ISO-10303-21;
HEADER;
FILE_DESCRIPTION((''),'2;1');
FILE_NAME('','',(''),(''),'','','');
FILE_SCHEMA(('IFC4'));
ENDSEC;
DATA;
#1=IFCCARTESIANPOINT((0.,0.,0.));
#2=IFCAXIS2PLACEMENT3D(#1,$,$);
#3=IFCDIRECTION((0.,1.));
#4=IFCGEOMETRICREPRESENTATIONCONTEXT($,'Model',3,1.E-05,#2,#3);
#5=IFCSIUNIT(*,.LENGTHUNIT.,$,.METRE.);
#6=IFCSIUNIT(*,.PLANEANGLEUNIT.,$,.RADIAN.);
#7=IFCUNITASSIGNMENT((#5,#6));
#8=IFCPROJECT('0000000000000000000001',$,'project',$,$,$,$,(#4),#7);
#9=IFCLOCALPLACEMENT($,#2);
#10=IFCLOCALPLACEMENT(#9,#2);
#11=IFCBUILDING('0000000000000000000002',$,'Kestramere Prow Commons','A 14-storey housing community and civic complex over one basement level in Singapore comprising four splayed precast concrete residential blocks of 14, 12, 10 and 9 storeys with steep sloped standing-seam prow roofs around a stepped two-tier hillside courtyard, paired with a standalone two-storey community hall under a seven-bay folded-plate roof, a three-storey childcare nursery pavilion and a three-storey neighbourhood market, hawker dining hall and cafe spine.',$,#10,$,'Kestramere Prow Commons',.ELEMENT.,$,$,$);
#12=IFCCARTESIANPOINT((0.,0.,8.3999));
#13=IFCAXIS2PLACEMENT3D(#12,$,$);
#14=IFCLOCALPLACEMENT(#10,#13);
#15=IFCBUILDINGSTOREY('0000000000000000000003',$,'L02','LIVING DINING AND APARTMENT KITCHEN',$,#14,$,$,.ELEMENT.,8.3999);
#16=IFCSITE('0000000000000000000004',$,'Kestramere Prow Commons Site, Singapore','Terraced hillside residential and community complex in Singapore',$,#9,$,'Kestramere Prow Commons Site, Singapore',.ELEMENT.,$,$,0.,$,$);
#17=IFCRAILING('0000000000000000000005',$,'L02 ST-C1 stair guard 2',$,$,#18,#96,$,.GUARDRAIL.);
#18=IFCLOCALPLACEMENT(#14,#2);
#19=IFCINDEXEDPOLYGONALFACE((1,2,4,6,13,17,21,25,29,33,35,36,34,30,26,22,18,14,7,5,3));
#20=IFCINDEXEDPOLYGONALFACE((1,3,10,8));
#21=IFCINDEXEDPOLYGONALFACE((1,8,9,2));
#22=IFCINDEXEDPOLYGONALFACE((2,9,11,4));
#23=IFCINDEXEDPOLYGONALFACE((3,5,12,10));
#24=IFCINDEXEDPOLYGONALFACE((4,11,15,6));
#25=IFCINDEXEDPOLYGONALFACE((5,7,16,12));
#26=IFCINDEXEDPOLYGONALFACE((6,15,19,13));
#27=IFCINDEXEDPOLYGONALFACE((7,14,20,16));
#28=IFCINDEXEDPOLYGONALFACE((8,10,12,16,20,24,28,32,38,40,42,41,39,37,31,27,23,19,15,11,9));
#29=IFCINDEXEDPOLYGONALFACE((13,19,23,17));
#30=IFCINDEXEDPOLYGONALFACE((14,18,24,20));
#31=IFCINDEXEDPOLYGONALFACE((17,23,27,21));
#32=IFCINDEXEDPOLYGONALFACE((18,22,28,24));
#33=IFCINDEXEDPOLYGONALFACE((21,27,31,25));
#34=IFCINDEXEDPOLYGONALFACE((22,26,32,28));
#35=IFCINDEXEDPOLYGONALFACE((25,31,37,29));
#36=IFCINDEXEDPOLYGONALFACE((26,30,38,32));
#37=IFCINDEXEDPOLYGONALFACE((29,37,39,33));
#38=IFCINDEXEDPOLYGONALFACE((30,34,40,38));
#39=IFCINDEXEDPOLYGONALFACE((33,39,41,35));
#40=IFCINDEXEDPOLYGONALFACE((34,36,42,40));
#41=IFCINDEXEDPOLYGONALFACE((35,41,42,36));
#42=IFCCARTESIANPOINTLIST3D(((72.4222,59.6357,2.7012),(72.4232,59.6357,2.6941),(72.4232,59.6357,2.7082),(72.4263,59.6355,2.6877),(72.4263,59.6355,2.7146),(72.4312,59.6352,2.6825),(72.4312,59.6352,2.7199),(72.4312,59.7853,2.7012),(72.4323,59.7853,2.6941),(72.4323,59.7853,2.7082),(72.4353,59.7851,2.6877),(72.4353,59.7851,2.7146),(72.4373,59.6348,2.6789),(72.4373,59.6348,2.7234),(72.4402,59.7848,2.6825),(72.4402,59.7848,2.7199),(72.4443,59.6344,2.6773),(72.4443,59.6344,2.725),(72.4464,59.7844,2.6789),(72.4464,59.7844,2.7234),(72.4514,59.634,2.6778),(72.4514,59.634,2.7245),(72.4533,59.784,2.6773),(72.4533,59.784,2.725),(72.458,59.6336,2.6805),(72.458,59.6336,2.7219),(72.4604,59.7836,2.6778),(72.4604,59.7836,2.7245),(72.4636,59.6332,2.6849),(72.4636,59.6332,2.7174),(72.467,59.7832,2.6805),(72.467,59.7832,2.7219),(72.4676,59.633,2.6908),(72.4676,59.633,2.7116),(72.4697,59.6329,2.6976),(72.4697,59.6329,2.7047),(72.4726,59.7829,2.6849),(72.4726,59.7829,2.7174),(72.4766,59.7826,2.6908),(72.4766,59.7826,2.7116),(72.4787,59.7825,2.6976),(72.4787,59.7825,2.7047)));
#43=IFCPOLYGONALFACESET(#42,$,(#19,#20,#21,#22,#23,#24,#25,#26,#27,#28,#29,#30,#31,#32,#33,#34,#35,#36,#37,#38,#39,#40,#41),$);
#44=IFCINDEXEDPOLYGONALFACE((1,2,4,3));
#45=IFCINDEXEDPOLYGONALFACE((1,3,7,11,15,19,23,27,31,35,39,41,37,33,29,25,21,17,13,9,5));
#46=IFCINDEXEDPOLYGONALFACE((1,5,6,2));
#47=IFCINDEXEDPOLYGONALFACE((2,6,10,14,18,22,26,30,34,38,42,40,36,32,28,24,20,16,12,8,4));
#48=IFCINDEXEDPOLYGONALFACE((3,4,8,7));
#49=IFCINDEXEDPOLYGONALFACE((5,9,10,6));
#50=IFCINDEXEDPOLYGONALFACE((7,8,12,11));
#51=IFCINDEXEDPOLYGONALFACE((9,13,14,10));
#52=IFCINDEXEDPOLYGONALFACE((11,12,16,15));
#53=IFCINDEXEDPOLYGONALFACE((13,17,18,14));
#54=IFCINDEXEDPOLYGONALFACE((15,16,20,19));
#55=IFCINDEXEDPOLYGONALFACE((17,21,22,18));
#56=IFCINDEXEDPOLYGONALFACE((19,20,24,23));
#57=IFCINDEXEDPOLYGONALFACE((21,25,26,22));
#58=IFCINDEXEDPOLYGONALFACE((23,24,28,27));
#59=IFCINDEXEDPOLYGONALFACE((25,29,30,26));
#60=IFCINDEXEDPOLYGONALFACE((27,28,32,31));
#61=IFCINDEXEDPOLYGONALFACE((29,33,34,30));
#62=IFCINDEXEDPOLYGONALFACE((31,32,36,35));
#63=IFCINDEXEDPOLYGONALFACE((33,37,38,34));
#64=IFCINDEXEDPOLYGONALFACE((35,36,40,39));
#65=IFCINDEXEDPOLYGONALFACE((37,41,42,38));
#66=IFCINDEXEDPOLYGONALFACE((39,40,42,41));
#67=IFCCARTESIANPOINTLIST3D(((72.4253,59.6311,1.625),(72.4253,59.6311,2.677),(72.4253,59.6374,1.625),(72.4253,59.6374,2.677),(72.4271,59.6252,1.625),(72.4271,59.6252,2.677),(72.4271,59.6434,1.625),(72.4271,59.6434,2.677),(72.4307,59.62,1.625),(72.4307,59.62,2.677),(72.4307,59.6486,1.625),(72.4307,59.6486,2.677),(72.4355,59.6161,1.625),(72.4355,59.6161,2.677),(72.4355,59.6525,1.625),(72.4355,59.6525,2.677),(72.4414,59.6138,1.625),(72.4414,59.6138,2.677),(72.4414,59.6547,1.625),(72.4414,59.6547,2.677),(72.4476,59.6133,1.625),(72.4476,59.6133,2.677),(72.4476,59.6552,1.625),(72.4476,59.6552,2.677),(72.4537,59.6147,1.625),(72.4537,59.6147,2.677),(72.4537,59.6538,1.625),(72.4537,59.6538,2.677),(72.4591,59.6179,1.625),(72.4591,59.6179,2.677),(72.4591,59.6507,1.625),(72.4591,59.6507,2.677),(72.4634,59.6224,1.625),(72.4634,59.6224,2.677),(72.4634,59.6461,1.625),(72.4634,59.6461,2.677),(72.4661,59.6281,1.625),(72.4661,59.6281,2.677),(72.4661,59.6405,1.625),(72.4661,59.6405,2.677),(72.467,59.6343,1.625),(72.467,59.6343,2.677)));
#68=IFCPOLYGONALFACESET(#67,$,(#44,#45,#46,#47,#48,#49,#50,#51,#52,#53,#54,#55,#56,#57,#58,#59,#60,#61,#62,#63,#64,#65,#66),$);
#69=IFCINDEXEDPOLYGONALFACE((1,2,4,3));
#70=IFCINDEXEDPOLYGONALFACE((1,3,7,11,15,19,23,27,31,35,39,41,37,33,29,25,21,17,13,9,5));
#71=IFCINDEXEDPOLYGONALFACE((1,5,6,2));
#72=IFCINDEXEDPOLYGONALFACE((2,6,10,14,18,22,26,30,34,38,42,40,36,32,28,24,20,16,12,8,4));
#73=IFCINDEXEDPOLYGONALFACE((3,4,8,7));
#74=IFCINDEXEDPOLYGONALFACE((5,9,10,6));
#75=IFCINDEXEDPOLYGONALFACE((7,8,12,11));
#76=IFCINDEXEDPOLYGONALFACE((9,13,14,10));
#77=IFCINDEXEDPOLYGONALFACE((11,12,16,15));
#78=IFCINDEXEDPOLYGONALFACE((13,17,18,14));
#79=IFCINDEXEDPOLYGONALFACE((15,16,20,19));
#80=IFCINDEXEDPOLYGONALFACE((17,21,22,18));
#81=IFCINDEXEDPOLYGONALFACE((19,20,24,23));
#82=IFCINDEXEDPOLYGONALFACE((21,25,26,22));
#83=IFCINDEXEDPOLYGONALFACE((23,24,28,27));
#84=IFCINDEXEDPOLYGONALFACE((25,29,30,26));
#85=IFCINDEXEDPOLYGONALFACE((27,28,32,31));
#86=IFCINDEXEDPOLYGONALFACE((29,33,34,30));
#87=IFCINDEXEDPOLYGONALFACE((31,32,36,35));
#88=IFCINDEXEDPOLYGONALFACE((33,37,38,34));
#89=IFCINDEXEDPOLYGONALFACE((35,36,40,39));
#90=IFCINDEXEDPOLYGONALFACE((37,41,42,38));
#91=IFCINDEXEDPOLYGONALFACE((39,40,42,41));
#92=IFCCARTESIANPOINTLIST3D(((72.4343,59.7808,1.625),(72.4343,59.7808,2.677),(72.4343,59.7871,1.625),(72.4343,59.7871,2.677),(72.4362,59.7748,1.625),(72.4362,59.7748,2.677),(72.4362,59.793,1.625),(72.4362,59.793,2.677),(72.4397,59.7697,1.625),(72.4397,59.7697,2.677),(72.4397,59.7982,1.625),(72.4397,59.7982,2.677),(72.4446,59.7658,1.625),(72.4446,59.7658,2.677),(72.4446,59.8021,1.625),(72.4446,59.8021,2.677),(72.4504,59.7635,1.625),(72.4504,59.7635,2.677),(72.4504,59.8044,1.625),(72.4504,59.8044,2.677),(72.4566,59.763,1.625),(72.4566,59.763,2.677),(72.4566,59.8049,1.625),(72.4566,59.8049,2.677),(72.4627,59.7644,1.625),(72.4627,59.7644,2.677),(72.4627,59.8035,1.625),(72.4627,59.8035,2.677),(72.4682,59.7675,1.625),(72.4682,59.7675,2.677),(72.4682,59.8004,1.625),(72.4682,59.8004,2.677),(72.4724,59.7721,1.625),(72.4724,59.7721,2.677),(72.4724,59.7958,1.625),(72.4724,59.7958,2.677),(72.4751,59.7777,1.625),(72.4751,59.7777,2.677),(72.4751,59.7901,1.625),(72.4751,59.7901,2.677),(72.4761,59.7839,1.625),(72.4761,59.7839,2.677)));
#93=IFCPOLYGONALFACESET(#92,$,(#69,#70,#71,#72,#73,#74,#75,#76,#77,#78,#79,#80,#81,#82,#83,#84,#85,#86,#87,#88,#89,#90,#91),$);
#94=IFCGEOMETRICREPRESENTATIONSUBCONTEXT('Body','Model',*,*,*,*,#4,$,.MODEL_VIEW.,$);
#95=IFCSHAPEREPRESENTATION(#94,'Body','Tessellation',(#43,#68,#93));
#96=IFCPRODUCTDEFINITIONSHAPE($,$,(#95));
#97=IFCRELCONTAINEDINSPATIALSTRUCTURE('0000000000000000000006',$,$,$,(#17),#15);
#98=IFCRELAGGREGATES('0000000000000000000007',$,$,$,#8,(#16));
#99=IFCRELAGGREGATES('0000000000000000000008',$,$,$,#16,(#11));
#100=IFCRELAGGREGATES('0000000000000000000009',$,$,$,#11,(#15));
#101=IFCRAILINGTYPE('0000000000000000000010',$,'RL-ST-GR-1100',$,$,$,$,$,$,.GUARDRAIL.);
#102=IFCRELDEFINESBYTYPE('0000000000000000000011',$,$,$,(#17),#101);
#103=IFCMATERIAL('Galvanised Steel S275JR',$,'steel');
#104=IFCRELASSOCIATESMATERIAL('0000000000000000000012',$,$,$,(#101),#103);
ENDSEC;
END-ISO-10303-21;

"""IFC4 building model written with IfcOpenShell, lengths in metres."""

from ifc_helpers import new_model, si_unit, direction, frame, origin, origin_2d, place, context, subcontext, project, spatial, circle, extrude, material, type_object, element, save


model = new_model("IFC4")

# Units and contexts
model_context = context("Model", 3, precision=1e-05, world=origin(), true_north=direction((0.0, 1.0)))
body_context = subcontext(model_context, "Body", "Model", "MODEL_VIEW")
ifc_project = project(units=[si_unit("LENGTHUNIT", "METRE"), si_unit("PLANEANGLEUNIT", "RADIAN")], contexts=[model_context])

# Site, building, storey
site_placement = place(None, origin())
site = spatial("IfcSite", under=ifc_project, at=site_placement, Name="Kestramere Prow Commons Site, Singapore", Description="Terraced hillside residential and community complex in Singapore", LongName="Kestramere Prow Commons Site, Singapore", CompositionType="ELEMENT", RefElevation=0.0)
building_placement = place(site_placement, origin())
building = spatial("IfcBuilding", under=site, at=building_placement, Name="Kestramere Prow Commons", Description="A 14-storey housing community and civic complex over one basement level in Singapore comprising four splayed precast concrete residential blocks of 14, 12, 10 and 9 storeys with steep sloped standing-seam prow roofs around a stepped two-tier hillside courtyard, paired with a standalone two-storey community hall under a seven-bay folded-plate roof, a three-storey childcare nursery pavilion and a three-storey neighbourhood market, hawker dining hall and cafe spine.", LongName="Kestramere Prow Commons", CompositionType="ELEMENT")
storey_placement = place(building_placement, frame((0.0, 0.0, 8.3999)))
storey = spatial("IfcBuildingStorey", under=building, at=storey_placement, Name="L02", Description="LIVING DINING AND APARTMENT KITCHEN", CompositionType="ELEMENT", Elevation=8.3999)

# Railing
ifc_material_1 = material(Name="Galvanised Steel S275JR", Category="steel")
railing_type_1 = type_object("IfcRailingType", Name="RL-ST-GR-1100", PredefinedType="GUARDRAIL", material=ifc_material_1)
railing_1_placement = place(storey_placement, frame((72.446, 59.6343, 1.625)))
element("IfcRailing", 1, at=railing_1_placement, inside=storey, type_object=railing_type_1, Name="L02 ST-C1 stair guard 2", PredefinedType="GUARDRAIL", context=body_context, shape_type="SweptSolid", body=[
    extrude(circle(Radius=0.0239, at=origin_2d()), frame((0.0, 0.0, 1.0762), z_axis=(0.060249, 0.998183, 0.0), x_axis=(-0.998183, 0.060249, 0.0)), (0.0, 0.0, 1.0), 0.1499),
    extrude(circle(Radius=0.021, at=origin_2d()), origin(), (0.0, 0.0, 1.0), 1.052),
    extrude(circle(Radius=0.021, at=origin_2d()), frame((0.009, 0.1497, 0.0)), (0.0, 0.0, 1.0), 1.052),
])

save(model, "model.ifc")
